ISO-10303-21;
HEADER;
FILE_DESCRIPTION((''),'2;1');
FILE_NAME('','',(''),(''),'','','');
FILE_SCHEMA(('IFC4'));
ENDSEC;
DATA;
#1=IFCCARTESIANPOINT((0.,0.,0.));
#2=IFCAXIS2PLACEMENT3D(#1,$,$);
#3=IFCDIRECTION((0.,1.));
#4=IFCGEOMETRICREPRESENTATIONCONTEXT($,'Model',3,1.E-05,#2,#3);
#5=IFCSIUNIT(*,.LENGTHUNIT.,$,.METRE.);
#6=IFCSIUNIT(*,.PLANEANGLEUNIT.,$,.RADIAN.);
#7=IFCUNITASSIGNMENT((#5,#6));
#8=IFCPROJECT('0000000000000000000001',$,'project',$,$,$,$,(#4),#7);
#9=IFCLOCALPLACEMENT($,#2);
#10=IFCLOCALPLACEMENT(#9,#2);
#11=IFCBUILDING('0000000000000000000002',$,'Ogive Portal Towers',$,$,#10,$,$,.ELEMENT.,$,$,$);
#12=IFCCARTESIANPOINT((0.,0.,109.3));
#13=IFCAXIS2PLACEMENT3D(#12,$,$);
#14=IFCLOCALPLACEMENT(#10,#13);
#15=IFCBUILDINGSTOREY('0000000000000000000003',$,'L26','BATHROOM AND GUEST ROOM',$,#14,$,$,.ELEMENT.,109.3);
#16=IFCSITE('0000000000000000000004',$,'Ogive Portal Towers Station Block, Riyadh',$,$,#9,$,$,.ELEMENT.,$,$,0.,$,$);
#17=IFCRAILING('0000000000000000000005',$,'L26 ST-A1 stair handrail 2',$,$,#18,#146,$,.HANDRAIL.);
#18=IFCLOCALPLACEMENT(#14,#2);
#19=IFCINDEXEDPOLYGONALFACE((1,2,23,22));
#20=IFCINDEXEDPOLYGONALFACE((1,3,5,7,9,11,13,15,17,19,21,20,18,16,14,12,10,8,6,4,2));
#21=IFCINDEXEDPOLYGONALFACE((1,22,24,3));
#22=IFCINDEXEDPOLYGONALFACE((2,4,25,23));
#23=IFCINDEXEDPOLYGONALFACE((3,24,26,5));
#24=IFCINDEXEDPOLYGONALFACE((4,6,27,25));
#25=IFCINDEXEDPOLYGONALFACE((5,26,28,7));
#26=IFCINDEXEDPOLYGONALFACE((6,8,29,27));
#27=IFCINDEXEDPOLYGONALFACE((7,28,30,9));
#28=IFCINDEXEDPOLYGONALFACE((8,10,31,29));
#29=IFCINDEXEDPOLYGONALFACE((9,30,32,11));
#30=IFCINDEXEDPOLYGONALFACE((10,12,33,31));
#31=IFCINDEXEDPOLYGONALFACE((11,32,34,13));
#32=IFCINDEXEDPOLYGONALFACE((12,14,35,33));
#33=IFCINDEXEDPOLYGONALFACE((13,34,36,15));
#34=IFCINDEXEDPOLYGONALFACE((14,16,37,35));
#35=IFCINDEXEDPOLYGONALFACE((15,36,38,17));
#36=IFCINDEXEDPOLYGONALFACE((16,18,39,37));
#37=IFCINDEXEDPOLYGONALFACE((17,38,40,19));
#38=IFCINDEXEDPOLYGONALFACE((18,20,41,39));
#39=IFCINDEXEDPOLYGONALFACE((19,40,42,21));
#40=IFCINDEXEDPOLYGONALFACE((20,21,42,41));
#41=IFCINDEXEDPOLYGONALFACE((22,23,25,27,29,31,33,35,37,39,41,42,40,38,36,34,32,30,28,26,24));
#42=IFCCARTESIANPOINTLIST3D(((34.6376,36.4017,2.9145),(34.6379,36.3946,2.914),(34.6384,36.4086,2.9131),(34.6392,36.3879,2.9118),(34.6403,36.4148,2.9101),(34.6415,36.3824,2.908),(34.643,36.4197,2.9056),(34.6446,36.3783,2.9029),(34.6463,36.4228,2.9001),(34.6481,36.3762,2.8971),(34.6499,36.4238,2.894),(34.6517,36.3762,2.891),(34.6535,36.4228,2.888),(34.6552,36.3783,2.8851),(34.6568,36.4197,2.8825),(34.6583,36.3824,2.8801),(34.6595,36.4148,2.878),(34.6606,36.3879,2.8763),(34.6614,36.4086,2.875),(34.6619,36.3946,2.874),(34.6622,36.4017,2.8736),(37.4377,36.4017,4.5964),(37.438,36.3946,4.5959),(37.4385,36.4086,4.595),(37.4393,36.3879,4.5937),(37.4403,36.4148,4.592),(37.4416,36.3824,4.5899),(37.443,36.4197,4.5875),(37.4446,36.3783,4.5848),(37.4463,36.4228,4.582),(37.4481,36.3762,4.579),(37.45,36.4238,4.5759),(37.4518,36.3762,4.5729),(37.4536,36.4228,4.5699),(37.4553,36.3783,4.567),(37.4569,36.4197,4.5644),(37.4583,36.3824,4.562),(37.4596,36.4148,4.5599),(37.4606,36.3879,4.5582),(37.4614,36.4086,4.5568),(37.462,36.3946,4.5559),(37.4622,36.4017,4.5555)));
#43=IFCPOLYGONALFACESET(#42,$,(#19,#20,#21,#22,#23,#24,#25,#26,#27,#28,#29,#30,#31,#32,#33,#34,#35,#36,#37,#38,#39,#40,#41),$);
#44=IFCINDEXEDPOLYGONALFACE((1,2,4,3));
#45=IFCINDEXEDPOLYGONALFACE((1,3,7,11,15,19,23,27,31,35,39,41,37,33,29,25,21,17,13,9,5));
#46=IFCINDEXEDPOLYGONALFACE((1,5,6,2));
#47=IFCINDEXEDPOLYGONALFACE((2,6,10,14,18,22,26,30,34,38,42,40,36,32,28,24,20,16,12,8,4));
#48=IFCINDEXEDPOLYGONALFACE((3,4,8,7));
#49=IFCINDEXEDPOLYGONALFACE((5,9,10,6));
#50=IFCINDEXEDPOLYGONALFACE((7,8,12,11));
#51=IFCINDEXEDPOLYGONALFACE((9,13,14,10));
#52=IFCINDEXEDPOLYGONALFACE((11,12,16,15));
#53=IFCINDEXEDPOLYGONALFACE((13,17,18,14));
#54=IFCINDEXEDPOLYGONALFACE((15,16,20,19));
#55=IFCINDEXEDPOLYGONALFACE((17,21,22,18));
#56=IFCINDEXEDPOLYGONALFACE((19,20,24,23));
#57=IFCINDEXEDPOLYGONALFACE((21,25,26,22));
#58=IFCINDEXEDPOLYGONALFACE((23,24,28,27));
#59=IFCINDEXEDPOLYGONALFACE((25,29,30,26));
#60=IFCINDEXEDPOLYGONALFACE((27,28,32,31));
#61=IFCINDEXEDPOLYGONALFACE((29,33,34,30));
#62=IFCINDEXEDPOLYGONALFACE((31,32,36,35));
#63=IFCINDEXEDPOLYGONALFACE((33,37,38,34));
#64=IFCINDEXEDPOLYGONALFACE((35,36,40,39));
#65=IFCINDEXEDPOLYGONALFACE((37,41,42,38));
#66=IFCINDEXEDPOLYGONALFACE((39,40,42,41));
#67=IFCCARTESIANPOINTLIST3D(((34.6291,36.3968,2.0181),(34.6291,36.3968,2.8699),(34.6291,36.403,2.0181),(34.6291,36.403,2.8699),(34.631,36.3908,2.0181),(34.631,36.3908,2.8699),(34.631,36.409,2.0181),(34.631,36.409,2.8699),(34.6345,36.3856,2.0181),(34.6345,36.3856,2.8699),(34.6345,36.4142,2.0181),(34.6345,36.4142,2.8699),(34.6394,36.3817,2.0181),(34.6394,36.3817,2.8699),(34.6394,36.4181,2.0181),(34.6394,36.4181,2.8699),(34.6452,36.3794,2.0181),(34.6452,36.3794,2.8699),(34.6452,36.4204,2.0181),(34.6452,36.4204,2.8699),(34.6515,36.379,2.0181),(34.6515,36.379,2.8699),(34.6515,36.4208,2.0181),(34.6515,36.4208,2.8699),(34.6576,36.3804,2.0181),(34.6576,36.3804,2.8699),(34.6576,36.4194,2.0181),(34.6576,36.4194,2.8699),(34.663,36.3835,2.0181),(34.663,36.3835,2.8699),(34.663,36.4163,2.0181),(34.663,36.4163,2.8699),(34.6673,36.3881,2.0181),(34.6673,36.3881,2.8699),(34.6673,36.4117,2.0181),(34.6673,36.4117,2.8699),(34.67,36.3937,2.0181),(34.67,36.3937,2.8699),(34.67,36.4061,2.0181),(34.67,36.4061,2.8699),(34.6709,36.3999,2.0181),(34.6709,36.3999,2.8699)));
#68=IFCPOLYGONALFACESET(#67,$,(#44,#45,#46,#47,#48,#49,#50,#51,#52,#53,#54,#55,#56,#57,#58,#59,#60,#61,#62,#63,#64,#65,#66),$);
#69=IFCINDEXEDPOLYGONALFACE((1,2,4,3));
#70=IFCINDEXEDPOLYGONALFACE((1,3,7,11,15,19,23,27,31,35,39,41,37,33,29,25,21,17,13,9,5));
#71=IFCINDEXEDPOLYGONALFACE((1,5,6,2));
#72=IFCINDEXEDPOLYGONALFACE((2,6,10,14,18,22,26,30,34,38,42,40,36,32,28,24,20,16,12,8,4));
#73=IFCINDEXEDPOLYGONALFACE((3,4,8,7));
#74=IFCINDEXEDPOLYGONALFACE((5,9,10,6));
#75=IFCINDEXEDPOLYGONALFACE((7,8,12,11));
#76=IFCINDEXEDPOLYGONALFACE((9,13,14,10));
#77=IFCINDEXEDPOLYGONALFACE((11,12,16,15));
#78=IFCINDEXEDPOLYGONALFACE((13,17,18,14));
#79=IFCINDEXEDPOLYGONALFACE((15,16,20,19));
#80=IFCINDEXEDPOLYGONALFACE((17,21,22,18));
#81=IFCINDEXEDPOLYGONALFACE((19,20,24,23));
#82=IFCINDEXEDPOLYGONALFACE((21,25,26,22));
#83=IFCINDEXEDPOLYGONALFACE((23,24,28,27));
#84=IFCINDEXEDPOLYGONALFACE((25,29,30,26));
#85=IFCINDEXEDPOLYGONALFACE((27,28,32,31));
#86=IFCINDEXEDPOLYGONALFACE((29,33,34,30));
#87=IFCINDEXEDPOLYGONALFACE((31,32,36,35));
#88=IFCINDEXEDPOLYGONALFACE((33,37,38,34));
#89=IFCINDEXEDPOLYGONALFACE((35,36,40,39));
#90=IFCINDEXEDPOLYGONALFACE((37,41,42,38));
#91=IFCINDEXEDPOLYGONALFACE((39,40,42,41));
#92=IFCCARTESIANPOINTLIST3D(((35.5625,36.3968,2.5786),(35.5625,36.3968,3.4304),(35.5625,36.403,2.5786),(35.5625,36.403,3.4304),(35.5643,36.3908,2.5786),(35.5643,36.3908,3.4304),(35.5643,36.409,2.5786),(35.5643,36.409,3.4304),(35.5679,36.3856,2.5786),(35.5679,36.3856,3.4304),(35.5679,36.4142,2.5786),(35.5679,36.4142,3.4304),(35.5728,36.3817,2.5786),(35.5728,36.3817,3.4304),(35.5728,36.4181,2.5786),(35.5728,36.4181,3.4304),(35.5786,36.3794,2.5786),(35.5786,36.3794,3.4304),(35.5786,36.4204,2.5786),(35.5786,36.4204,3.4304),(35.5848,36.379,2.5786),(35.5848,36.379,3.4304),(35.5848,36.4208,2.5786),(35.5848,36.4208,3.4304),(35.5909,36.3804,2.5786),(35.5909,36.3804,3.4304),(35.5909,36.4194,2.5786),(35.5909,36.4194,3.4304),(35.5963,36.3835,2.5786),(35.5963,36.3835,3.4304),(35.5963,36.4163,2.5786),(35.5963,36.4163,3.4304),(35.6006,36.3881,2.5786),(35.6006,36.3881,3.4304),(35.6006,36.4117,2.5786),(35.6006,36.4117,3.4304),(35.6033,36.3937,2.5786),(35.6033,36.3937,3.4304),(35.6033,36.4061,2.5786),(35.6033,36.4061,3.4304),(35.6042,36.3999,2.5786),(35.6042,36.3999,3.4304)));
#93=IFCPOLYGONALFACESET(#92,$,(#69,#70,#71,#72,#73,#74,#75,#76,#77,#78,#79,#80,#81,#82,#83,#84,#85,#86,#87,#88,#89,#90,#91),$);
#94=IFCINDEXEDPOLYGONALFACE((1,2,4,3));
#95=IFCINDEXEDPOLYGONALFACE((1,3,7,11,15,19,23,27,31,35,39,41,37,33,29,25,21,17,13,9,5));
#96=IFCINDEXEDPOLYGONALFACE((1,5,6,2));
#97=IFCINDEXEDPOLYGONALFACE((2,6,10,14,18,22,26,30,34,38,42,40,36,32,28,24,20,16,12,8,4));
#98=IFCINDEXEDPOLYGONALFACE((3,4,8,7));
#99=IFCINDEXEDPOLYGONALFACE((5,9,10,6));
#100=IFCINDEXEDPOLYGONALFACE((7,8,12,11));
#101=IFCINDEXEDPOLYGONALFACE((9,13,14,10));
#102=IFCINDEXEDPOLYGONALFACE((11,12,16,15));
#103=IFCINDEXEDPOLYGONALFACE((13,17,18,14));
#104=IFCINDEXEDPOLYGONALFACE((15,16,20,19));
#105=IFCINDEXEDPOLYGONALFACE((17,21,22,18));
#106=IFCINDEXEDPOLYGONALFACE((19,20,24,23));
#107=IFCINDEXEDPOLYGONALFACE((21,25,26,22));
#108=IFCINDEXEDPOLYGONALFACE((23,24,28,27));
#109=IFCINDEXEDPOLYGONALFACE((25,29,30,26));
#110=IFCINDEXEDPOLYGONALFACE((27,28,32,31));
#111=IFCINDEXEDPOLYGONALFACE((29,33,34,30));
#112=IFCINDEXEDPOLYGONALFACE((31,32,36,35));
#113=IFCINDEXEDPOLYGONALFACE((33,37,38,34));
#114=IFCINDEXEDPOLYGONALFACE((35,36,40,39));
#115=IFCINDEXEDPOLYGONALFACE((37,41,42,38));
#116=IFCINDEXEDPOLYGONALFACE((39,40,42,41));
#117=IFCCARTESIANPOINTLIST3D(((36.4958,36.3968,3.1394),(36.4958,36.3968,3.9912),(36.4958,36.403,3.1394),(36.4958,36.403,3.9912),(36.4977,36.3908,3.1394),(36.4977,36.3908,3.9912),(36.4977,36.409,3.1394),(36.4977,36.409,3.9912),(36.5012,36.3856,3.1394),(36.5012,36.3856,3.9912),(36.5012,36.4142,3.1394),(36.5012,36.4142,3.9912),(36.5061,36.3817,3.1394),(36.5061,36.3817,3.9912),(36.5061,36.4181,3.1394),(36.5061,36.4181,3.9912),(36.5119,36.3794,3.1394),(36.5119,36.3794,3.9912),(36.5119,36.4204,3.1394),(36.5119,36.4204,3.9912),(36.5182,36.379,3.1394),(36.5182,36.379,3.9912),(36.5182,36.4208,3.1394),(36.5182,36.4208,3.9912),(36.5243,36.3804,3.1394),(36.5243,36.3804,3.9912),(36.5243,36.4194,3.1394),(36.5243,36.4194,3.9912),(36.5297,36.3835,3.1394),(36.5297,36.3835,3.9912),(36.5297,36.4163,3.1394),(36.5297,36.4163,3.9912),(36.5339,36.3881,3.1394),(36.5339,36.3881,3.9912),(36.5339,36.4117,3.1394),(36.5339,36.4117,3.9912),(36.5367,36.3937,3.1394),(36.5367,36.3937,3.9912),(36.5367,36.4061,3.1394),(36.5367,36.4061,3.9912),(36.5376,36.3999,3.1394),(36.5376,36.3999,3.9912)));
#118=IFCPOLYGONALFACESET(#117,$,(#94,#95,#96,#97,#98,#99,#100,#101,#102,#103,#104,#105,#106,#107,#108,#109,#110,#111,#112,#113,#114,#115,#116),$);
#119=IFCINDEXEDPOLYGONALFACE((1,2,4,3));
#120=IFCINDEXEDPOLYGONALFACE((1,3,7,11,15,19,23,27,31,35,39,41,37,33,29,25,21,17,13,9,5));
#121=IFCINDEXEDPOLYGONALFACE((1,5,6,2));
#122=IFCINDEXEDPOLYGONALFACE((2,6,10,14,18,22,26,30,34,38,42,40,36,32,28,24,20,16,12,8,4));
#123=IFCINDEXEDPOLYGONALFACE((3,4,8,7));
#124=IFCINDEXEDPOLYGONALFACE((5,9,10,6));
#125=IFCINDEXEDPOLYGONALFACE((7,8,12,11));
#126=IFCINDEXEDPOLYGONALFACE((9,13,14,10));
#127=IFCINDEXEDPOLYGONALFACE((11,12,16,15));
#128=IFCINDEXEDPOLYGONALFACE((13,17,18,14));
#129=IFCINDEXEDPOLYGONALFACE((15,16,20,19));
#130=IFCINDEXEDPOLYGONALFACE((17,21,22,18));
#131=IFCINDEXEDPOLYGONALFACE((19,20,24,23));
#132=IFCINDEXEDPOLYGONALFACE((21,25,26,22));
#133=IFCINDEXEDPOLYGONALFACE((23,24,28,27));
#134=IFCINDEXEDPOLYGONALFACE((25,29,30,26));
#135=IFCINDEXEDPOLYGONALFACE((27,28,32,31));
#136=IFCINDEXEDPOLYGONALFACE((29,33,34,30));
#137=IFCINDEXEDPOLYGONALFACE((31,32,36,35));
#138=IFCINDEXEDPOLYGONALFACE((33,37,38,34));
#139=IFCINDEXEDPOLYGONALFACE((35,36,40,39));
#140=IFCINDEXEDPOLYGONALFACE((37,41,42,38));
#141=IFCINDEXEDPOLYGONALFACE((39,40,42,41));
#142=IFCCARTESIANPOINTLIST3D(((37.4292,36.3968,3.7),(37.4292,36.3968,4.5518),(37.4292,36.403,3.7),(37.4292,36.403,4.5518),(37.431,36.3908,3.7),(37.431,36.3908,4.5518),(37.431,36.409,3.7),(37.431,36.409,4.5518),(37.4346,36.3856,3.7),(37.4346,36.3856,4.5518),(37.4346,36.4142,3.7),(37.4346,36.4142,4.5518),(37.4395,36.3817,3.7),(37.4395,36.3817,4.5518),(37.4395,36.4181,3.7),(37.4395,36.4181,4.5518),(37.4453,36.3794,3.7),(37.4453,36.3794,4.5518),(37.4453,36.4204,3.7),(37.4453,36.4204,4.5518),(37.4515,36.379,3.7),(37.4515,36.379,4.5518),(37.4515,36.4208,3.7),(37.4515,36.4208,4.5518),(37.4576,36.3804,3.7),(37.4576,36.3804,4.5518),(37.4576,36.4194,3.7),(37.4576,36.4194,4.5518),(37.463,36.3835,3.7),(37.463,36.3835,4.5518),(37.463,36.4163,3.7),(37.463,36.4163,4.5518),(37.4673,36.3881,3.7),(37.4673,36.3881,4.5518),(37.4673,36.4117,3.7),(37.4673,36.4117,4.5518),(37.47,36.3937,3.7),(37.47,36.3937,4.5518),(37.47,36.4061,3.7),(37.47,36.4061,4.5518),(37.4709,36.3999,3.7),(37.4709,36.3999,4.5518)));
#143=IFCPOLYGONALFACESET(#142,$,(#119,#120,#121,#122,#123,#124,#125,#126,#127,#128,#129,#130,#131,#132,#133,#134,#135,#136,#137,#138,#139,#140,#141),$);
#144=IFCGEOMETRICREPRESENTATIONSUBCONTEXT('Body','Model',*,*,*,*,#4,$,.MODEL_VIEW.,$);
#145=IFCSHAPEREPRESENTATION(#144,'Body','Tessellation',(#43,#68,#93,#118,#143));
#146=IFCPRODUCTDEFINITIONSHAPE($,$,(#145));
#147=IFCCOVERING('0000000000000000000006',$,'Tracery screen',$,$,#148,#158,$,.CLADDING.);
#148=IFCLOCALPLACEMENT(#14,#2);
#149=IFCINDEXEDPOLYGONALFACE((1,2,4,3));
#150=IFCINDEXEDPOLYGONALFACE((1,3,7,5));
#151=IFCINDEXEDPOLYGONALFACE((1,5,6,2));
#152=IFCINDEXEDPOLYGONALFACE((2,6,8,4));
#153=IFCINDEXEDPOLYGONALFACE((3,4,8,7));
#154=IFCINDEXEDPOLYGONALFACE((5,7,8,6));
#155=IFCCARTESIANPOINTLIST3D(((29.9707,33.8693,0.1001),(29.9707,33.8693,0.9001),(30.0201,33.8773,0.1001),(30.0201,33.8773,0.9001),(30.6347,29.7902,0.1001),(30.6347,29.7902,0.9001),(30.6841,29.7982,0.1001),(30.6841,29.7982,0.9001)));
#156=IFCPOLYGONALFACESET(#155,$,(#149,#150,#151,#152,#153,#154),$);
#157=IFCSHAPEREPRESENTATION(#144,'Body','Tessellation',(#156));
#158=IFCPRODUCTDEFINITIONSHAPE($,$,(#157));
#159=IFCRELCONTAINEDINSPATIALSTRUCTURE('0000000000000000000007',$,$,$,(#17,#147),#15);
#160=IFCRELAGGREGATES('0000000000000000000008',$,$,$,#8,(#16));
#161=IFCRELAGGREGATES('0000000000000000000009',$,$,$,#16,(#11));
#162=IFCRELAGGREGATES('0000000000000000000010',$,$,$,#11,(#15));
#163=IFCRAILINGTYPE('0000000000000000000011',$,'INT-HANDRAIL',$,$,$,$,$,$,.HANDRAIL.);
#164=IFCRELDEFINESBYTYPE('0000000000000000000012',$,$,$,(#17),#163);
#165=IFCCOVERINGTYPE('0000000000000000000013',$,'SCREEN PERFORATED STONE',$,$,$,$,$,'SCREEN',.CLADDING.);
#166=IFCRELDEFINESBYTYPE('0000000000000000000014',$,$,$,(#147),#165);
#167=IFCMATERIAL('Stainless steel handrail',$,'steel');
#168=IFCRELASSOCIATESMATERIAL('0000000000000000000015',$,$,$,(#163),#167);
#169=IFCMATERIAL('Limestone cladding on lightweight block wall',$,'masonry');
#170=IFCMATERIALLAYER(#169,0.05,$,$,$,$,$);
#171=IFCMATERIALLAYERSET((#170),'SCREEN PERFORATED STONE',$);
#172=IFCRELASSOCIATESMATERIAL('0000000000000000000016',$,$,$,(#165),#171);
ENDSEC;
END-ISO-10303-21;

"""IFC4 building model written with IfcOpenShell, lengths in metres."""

from ifc_helpers import new_model, si_unit, direction, frame, origin, origin_2d, place, context, subcontext, project, spatial, rectangle, circle, extrude, material, layer, layer_set, type_object, element, save


model = new_model("IFC4")

# Units and contexts
model_context = context("Model", 3, precision=1e-05, world=origin(), true_north=direction((0.0, 1.0)))
body_context = subcontext(model_context, "Body", "Model", "MODEL_VIEW")
ifc_project = project(units=[si_unit("LENGTHUNIT", "METRE"), si_unit("PLANEANGLEUNIT", "RADIAN")], contexts=[model_context])

# Site, building, storey
site_placement = place(None, origin())
site = spatial("IfcSite", under=ifc_project, at=site_placement, Name="Ogive Portal Towers Station Block, Riyadh", CompositionType="ELEMENT", RefElevation=0.0)
building_placement = place(site_placement, origin())
building = spatial("IfcBuilding", under=site, at=building_placement, Name="Ogive Portal Towers", CompositionType="ELEMENT")
storey_placement = place(building_placement, frame((0.0, 0.0, 109.3)))
storey = spatial("IfcBuildingStorey", under=building, at=storey_placement, Name="L26", Description="BATHROOM AND GUEST ROOM", CompositionType="ELEMENT", Elevation=109.3)

# Shared definitions
ifc_material_1 = material(Name="Limestone cladding on lightweight block wall", Category="masonry")

# Railing
ifc_material_2 = material(Name="Stainless steel handrail", Category="steel")
railing_type_1 = type_object("IfcRailingType", Name="INT-HANDRAIL", PredefinedType="HANDRAIL", material=ifc_material_2)
railing_1_placement = place(storey_placement, frame((34.6499, 36.3999, 2.0181)))
element("IfcRailing", 1, at=railing_1_placement, inside=storey, type_object=railing_type_1, Name="L26 ST-A1 stair handrail 2", PredefinedType="HANDRAIL", context=body_context, shape_type="SweptSolid", body=[
    extrude(circle(Radius=0.0239, at=origin_2d()), frame((0.0, 0.0, 0.876), z_axis=(0.857242, 0.0, 0.514913), x_axis=(0.0, 1.0, 0.0)), (0.0, 0.0, 1.0), 3.2664),
    extrude(circle(Radius=0.021, at=origin_2d()), origin(), (0.0, 0.0, 1.0), 0.8518),
    extrude(circle(Radius=0.021, at=origin_2d()), frame((0.9333, 0.0, 0.5605)), (0.0, 0.0, 1.0), 0.8518),
    extrude(circle(Radius=0.021, at=origin_2d()), frame((1.8667, 0.0, 1.1213)), (0.0, 0.0, 1.0), 0.8518),
    extrude(circle(Radius=0.021, at=origin_2d()), frame((2.8, 0.0, 1.6819)), (0.0, 0.0, 1.0), 0.8518),
])

# Covering
ifc_layer_1 = layer(ifc_material_1, 0.05)
ifc_layer_set_1 = layer_set([ifc_layer_1], Name="SCREEN PERFORATED STONE")
covering_type = type_object("IfcCoveringType", Name="SCREEN PERFORATED STONE", ElementType="SCREEN", PredefinedType="CLADDING", material=ifc_layer_set_1)
covering_placement = place(storey_placement, frame((30.3274, 31.8337, 0.1001), z_axis=(0.0, 0.0, 1.0), x_axis=(0.160655, -0.987011, 0.0)))
element("IfcCovering", 2, at=covering_placement, inside=storey, type_object=covering_type, Name="Tracery screen", PredefinedType="CLADDING", context=body_context, shape_type="SweptSolid", body=[
    extrude(rectangle(XDim=4.1328, YDim=0.05, at=origin_2d()), origin(), (0.0, 0.0, 1.0), 0.8),
])

save(model, "model.ifc")
